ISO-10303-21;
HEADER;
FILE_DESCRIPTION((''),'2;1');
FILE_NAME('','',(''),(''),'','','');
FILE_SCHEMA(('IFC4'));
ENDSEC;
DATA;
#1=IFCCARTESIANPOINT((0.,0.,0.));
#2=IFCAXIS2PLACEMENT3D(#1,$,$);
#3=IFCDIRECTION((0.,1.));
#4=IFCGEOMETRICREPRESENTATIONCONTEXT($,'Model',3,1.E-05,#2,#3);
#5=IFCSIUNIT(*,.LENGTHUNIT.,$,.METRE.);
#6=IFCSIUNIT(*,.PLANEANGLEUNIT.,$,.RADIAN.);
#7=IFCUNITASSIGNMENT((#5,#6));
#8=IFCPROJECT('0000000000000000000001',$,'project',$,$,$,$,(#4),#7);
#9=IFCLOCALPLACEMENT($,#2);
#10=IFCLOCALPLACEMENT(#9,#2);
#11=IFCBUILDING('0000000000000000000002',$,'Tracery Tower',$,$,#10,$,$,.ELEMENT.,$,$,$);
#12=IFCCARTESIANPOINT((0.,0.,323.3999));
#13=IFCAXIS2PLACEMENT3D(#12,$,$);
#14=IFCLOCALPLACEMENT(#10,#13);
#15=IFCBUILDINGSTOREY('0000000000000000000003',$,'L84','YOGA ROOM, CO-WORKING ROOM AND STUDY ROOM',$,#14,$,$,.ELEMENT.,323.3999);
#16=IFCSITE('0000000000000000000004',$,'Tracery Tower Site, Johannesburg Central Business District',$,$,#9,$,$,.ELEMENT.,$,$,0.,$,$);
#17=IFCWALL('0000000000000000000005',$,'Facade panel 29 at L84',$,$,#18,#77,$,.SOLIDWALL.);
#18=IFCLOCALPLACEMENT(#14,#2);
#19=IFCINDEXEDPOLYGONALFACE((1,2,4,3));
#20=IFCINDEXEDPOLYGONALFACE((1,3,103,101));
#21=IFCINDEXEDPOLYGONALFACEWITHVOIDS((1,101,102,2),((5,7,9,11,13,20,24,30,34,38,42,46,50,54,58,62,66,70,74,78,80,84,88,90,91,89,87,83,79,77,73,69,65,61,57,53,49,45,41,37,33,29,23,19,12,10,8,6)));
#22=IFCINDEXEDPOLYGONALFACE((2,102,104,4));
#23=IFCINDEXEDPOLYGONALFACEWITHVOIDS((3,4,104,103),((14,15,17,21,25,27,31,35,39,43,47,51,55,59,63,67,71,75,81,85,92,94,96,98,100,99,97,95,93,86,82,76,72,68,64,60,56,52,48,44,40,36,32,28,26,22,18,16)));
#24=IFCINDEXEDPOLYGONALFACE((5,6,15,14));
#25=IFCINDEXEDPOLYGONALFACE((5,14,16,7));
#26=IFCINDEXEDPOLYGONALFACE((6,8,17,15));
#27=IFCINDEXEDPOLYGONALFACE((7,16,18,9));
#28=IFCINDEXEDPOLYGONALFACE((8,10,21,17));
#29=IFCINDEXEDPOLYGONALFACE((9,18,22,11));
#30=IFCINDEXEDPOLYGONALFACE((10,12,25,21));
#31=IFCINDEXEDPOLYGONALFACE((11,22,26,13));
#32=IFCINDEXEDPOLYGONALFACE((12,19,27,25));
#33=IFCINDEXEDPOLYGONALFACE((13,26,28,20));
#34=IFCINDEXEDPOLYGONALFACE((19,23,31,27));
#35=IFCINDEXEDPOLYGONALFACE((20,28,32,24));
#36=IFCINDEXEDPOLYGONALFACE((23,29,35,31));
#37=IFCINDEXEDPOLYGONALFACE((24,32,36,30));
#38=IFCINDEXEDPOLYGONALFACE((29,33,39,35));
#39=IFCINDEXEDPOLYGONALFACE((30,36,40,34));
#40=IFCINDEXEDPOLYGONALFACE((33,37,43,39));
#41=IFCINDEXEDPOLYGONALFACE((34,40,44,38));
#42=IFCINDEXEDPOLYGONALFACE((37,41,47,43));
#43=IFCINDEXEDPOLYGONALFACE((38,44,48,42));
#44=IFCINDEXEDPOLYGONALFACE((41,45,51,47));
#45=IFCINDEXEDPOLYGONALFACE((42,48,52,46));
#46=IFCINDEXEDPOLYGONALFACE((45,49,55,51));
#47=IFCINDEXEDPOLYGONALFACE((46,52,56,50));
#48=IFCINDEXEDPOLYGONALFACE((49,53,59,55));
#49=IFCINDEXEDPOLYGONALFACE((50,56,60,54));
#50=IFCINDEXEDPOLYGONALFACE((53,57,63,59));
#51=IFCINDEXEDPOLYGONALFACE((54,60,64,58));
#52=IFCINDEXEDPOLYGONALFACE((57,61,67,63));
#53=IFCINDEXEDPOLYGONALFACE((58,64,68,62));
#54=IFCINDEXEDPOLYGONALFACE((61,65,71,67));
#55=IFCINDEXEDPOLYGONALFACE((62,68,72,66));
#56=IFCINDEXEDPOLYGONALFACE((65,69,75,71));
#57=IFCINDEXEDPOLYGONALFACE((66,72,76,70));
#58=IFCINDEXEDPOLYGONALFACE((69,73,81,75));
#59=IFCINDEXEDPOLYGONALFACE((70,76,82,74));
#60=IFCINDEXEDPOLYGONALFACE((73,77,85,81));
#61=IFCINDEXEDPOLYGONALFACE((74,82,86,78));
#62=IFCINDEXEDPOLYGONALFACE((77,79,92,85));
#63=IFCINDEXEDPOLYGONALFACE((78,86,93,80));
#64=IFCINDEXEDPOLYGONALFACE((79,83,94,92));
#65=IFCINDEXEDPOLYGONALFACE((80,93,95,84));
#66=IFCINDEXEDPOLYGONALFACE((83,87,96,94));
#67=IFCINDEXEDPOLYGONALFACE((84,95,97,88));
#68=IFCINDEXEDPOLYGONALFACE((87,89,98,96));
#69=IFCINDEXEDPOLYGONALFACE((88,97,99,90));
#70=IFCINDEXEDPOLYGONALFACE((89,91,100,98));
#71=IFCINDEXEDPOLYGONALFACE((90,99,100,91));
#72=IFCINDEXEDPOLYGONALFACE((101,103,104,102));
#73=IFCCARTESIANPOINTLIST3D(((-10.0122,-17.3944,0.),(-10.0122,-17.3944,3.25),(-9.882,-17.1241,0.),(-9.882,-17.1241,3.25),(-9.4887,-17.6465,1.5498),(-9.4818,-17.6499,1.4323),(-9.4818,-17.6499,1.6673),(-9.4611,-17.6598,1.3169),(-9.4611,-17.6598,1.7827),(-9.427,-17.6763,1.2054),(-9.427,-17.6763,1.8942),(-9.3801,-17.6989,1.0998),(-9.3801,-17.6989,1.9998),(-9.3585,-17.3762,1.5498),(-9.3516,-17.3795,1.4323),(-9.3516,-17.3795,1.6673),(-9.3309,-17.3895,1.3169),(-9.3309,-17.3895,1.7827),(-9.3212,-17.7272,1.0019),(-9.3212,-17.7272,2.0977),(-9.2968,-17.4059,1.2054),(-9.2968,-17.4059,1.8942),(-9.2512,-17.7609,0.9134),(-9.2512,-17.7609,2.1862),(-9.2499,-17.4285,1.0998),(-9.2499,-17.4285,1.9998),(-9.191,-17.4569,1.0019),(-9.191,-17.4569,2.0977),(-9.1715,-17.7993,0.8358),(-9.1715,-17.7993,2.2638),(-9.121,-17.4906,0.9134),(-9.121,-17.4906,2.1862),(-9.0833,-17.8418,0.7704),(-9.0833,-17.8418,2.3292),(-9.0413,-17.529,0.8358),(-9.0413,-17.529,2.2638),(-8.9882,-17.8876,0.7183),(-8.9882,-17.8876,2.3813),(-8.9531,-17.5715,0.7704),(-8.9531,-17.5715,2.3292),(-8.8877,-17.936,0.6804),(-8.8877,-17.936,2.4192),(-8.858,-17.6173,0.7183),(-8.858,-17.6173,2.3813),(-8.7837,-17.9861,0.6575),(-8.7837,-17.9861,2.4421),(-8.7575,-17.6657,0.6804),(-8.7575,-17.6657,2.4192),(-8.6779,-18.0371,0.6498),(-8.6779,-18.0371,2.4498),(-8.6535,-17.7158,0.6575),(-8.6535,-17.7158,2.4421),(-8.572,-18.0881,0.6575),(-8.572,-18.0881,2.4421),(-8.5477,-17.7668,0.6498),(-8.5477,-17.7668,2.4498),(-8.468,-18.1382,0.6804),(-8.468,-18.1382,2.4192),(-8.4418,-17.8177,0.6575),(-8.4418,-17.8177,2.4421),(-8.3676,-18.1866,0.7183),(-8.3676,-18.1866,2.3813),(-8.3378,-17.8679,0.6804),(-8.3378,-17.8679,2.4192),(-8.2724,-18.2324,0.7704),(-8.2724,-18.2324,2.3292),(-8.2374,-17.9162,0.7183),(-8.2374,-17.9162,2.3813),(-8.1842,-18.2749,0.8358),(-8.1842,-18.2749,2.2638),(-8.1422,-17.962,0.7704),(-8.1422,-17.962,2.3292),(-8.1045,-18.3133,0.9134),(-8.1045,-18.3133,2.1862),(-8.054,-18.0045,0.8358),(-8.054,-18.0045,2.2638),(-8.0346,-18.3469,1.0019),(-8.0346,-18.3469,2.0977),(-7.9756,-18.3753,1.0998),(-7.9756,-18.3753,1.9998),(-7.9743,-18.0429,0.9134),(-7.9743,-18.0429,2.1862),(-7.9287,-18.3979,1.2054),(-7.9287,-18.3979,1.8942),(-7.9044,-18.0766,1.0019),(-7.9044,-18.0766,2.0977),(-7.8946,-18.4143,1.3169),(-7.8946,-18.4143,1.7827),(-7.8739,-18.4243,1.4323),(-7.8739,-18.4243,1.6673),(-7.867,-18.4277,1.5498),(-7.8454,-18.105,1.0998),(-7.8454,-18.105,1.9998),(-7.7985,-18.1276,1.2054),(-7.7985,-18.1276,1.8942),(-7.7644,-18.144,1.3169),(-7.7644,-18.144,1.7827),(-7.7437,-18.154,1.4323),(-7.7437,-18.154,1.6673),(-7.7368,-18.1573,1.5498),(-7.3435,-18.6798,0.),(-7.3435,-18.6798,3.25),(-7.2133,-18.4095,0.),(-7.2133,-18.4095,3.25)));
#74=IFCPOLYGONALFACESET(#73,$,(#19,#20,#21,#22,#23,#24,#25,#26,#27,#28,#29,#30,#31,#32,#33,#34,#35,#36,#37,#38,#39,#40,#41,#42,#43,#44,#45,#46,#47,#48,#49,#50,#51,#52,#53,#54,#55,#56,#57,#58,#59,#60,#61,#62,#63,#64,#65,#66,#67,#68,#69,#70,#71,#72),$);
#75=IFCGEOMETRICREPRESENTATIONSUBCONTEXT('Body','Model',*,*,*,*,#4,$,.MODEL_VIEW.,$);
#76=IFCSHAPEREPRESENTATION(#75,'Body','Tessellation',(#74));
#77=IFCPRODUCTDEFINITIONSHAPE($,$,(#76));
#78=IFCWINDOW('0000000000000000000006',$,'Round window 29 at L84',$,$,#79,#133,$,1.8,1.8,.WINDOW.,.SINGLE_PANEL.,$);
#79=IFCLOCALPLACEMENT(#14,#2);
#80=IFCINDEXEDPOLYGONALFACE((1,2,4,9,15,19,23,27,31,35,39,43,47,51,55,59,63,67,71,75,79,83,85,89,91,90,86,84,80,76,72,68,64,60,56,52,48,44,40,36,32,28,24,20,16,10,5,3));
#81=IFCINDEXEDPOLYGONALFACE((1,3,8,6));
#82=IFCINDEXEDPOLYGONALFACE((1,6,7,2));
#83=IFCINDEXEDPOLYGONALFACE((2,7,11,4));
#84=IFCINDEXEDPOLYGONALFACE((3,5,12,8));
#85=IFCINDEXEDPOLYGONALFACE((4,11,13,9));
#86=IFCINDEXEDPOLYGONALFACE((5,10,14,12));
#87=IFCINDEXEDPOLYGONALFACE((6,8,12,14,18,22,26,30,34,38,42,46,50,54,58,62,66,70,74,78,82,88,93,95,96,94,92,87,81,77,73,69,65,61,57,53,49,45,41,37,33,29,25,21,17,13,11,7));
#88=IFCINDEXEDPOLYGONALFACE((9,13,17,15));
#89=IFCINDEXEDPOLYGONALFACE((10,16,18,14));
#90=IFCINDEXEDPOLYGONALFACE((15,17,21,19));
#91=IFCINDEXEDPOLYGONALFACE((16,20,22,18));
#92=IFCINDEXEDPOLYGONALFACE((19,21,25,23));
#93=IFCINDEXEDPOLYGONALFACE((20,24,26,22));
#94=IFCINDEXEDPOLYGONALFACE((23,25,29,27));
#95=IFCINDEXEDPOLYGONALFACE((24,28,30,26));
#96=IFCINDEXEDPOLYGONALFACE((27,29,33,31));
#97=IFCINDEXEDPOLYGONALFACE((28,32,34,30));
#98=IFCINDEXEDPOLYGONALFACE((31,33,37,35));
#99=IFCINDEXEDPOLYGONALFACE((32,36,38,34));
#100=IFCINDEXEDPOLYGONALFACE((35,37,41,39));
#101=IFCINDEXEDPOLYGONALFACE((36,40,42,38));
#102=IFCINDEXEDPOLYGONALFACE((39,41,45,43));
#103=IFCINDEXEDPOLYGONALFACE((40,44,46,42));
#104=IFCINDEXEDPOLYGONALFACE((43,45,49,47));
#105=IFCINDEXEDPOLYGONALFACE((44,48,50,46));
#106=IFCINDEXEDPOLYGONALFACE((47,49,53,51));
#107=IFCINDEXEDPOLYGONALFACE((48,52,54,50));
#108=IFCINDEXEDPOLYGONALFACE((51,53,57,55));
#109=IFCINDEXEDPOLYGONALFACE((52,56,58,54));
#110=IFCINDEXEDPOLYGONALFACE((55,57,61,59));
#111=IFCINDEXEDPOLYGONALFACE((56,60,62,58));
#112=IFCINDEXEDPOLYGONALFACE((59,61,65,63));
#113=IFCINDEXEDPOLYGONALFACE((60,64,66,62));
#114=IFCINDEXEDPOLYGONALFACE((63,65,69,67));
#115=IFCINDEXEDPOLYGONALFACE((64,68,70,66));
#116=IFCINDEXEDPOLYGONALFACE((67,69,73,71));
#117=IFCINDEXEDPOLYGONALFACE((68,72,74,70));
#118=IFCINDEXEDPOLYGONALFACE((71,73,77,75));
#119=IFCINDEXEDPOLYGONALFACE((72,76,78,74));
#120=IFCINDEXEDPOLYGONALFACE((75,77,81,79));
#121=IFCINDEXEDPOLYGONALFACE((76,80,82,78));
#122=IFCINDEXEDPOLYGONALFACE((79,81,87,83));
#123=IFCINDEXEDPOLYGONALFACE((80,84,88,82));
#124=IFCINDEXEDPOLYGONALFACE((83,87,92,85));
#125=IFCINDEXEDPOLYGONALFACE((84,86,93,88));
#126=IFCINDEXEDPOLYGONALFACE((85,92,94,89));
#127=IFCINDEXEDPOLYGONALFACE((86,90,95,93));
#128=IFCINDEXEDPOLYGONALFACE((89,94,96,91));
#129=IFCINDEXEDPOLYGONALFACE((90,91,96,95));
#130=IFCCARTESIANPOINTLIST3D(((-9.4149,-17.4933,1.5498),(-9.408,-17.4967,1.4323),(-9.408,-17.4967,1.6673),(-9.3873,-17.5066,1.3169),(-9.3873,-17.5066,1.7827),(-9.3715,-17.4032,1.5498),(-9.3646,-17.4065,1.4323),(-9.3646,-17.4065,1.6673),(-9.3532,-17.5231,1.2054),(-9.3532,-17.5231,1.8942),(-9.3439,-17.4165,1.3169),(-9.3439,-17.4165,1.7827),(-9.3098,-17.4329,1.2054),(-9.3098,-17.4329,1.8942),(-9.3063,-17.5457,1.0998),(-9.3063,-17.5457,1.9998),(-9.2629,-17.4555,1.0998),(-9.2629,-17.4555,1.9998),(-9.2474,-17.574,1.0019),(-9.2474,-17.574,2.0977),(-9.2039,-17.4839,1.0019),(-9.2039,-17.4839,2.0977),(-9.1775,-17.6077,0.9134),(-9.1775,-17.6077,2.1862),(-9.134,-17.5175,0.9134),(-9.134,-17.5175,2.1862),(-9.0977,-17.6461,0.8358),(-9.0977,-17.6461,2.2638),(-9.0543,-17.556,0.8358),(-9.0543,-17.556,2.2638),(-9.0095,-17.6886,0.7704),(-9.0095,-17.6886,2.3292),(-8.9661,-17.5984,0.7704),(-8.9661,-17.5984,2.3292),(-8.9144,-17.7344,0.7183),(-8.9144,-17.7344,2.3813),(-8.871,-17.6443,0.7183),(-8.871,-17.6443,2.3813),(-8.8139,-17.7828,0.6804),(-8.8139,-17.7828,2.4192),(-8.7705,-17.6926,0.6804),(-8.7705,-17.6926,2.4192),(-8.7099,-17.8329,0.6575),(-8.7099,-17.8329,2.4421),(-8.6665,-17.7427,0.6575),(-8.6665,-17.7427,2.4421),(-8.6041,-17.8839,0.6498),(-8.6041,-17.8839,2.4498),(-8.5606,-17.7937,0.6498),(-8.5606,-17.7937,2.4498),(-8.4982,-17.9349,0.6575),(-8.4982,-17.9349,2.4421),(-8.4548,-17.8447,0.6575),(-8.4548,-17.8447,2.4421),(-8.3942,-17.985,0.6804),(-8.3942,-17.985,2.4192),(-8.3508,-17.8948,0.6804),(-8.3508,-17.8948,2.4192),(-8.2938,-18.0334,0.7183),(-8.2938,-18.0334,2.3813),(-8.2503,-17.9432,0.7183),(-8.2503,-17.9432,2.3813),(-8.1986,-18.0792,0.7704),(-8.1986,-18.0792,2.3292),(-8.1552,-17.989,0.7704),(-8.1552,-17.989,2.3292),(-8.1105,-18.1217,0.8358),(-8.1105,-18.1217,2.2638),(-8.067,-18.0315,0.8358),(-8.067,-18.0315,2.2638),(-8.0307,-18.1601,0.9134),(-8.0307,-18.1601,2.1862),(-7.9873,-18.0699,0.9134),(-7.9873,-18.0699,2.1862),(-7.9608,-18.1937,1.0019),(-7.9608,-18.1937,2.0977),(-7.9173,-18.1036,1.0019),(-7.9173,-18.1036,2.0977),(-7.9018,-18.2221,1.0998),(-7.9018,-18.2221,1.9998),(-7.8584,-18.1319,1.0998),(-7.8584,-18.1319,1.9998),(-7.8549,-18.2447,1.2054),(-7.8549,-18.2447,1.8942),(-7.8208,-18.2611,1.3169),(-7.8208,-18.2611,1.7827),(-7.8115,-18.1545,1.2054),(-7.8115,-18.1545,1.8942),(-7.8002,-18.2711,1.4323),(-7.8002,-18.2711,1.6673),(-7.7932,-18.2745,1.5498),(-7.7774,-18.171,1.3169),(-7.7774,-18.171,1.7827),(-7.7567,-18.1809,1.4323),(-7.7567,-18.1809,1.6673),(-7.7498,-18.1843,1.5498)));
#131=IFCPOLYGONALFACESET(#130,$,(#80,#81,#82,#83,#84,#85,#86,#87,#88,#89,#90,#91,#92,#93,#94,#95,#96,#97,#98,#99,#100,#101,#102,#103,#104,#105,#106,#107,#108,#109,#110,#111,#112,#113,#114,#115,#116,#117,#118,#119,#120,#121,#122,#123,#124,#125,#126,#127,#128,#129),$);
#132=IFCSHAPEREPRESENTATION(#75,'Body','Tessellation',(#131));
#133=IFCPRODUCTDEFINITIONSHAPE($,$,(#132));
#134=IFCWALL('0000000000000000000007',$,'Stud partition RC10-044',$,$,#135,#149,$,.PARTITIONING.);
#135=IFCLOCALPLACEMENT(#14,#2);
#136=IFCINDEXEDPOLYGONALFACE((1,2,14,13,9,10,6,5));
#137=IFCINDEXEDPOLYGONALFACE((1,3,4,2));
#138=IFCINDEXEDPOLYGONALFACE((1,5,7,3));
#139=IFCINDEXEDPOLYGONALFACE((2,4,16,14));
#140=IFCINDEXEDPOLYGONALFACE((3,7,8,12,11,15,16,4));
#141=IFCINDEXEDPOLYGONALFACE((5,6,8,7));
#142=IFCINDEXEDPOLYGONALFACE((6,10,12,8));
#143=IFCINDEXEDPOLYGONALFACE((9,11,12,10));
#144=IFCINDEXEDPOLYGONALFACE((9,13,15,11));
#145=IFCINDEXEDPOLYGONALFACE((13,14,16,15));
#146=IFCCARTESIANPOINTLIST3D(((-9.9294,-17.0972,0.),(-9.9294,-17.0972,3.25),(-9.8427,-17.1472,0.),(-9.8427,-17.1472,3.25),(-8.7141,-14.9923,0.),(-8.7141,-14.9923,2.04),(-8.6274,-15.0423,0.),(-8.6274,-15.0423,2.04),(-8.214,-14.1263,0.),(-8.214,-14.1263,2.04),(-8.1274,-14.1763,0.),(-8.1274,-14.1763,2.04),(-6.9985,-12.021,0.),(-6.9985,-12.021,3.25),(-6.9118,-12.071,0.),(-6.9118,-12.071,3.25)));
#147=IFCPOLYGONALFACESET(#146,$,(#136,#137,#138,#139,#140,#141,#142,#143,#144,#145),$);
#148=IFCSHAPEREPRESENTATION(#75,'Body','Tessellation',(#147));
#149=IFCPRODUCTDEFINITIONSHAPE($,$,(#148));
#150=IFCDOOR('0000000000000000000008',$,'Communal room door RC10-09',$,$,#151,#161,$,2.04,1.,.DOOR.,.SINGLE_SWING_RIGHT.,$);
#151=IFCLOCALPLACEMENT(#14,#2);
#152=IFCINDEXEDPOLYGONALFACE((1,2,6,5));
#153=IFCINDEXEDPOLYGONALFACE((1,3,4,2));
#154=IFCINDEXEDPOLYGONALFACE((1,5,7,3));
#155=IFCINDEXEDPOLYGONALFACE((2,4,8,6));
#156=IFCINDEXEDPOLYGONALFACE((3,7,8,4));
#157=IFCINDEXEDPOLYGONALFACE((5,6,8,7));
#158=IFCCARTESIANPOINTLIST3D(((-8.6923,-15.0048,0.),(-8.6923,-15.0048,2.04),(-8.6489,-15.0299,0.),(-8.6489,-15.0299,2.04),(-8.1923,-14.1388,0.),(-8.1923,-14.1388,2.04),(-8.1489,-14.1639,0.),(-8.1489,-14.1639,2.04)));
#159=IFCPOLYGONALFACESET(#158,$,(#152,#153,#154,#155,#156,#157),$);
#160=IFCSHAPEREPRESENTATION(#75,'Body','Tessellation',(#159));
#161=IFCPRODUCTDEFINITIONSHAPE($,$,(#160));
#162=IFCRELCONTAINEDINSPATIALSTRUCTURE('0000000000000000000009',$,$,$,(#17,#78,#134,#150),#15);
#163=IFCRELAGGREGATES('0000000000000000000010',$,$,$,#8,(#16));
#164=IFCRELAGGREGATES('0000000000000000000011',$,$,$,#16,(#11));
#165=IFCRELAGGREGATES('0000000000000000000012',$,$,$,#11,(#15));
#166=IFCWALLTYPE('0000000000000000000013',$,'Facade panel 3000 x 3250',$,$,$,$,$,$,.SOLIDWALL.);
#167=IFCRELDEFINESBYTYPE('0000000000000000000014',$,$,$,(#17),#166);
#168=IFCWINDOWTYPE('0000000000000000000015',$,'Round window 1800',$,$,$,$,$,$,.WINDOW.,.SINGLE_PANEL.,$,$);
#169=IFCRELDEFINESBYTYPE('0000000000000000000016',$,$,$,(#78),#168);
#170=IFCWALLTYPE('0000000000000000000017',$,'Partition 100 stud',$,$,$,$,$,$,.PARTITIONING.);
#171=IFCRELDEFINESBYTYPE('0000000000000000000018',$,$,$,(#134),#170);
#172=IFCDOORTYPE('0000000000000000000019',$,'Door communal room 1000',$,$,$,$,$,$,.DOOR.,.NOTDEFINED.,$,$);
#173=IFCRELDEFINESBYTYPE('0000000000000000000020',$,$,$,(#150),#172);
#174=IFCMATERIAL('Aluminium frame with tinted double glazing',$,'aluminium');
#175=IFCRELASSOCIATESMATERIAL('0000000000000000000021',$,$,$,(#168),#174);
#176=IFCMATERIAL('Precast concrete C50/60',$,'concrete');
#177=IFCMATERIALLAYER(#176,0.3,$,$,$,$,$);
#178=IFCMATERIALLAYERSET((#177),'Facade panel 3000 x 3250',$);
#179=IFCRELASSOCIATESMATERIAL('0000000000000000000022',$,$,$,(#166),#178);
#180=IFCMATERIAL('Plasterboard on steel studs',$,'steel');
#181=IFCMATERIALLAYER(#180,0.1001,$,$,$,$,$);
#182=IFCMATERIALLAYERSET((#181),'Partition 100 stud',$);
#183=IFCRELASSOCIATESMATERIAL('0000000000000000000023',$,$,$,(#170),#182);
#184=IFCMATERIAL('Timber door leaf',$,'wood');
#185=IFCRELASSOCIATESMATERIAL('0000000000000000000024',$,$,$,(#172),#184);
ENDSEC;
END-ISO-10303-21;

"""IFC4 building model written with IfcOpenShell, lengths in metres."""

from ifc_helpers import new_model, si_unit, direction, frame, frame_2d, origin, origin_2d, place, context, subcontext, project, spatial, rectangle, circle, extrude, material, layer, layer_set, type_object, element, fill, save


model = new_model("IFC4")

# Units and contexts
model_context = context("Model", 3, precision=1e-05, world=origin(), true_north=direction((0.0, 1.0)))
body_context = subcontext(model_context, "Body", "Model", "MODEL_VIEW")
ifc_project = project(units=[si_unit("LENGTHUNIT", "METRE"), si_unit("PLANEANGLEUNIT", "RADIAN")], contexts=[model_context])

# Site, building, storey
site_placement = place(None, origin())
site = spatial("IfcSite", under=ifc_project, at=site_placement, Name="Tracery Tower Site, Johannesburg Central Business District", CompositionType="ELEMENT", RefElevation=0.0)
building_placement = place(site_placement, origin())
building = spatial("IfcBuilding", under=site, at=building_placement, Name="Tracery Tower", CompositionType="ELEMENT")
storey_placement = place(building_placement, frame((0.0, 0.0, 323.3999)))
storey = spatial("IfcBuildingStorey", under=building, at=storey_placement, Name="L84", Description="YOGA ROOM, CO-WORKING ROOM AND STUDY ROOM", CompositionType="ELEMENT", Elevation=323.3999)

# Wall, opening, window
ifc_material_1 = material(Name="Aluminium frame with tinted double glazing", Category="aluminium")
window_type = type_object("IfcWindowType", Name="Round window 1800", PartitioningType="SINGLE_PANEL", PredefinedType="WINDOW", material=ifc_material_1)
ifc_material_2 = material(Name="Precast concrete C50/60", Category="concrete")
ifc_layer_1 = layer(ifc_material_2, 0.3)
ifc_layer_set_1 = layer_set([ifc_layer_1], Name="Facade panel 3000 x 3250")
wall_type_1 = type_object("IfcWallType", Name="Facade panel 3000 x 3250", PredefinedType="SOLIDWALL", material=ifc_layer_set_1)
wall_1_placement = place(storey_placement, frame((-9.947, -17.2593, 0.0), z_axis=(0.0, 0.0, 1.0), x_axis=(0.90094, -0.433944, 0.0)))
wall_1 = element("IfcWall", 1, at=wall_1_placement, inside=storey, type_object=wall_type_1, Name="Facade panel 29 at L84", PredefinedType="SOLIDWALL", context=body_context, shape_type="SweptSolid", body=[
    extrude(rectangle(XDim=2.9622, YDim=0.3, at=frame_2d((1.481, 0.0))), origin(), (0.0, 0.0, 1.0), 3.25),
])
opening_1_placement = place(wall_1_placement, frame((1.481, 0.0, 1.5498)))
opening_1 = element("IfcOpeningElement", 2, at=opening_1_placement, cuts=wall_1, PredefinedType="OPENING", context=body_context, shape_type="SweptSolid", body=[
    extrude(circle(Radius=0.9, at=origin_2d()), frame((0.0, 0.1599, 0.0), z_axis=(0.0, -1.0, 0.0), x_axis=(1.0, 0.0, 0.0)), (0.0, 0.0, 1.0), 0.3201),
])
window_1_placement = place(opening_1_placement, origin())
window_1 = element("IfcWindow", 3, at=window_1_placement, inside=storey, type_object=window_type, Name="Round window 29 at L84", OverallHeight=1.8, OverallWidth=1.8, PartitioningType="SINGLE_PANEL", PredefinedType="WINDOW", context=body_context, shape_type="SweptSolid", body=[
    extrude(circle(Radius=0.9, at=origin_2d()), frame((0.0, 0.1201, 0.0), z_axis=(0.0, -1.0, 0.0), x_axis=(1.0, 0.0, 0.0)), (0.0, 0.0, 1.0), 0.1001),
])
fill(opening_1, window_1)

# Wall, opening, door
ifc_material_3 = material(Name="Plasterboard on steel studs", Category="steel")
ifc_layer_2 = layer(ifc_material_3, 0.1001)
ifc_layer_set_2 = layer_set([ifc_layer_2], Name="Partition 100 stud")
wall_type_2 = type_object("IfcWallType", Name="Partition 100 stud", PredefinedType="PARTITIONING", material=ifc_layer_set_2)
wall_2_placement = place(storey_placement, frame((-9.886, -17.1221, 0.0), z_axis=(0.0, 0.0, 1.0), x_axis=(0.500023, 0.866012, 0.0)))
wall_2 = element("IfcWall", 4, at=wall_2_placement, inside=storey, type_object=wall_type_2, Name="Stud partition RC10-044", PredefinedType="PARTITIONING", context=body_context, shape_type="SweptSolid", body=[
    extrude(rectangle(XDim=5.8616, YDim=0.1001, at=frame_2d((2.9307, 0.0))), origin(), (0.0, 0.0, 1.0), 3.25),
])
opening_2_placement = place(wall_2_placement, frame((2.4304, 0.0, 0.0)))
opening_2 = element("IfcOpeningElement", 5, at=opening_2_placement, cuts=wall_2, PredefinedType="OPENING", context=body_context, shape_type="SweptSolid", body=[
    extrude(rectangle(XDim=1.0, YDim=2.04, at=frame_2d((0.5, 1.02))), frame((0.0, 0.05, 0.0), z_axis=(0.0, -1.0, 0.0), x_axis=(1.0, 0.0, 0.0)), (0.0, 0.0, 1.0), 0.1001),
])
ifc_material_4 = material(Name="Timber door leaf", Category="wood")
door_type_1 = type_object("IfcDoorType", Name="Door communal room 1000", OperationType="NOTDEFINED", PredefinedType="DOOR", material=ifc_material_4)
door_1_placement = place(opening_2_placement, origin())
door_1 = element("IfcDoor", 6, at=door_1_placement, inside=storey, type_object=door_type_1, Name="Communal room door RC10-09", OperationType="SINGLE_SWING_RIGHT", OverallHeight=2.04, OverallWidth=1.0, PredefinedType="DOOR", context=body_context, shape_type="SweptSolid", body=[
    extrude(rectangle(XDim=1.0, YDim=2.04, at=frame_2d((0.5, 1.02))), frame((0.0, 0.0249, 0.0), z_axis=(0.0, -1.0, 0.0), x_axis=(1.0, 0.0, 0.0)), (0.0, 0.0, 1.0), 0.05),
])
fill(opening_2, door_1)

save(model, "model.ifc")
